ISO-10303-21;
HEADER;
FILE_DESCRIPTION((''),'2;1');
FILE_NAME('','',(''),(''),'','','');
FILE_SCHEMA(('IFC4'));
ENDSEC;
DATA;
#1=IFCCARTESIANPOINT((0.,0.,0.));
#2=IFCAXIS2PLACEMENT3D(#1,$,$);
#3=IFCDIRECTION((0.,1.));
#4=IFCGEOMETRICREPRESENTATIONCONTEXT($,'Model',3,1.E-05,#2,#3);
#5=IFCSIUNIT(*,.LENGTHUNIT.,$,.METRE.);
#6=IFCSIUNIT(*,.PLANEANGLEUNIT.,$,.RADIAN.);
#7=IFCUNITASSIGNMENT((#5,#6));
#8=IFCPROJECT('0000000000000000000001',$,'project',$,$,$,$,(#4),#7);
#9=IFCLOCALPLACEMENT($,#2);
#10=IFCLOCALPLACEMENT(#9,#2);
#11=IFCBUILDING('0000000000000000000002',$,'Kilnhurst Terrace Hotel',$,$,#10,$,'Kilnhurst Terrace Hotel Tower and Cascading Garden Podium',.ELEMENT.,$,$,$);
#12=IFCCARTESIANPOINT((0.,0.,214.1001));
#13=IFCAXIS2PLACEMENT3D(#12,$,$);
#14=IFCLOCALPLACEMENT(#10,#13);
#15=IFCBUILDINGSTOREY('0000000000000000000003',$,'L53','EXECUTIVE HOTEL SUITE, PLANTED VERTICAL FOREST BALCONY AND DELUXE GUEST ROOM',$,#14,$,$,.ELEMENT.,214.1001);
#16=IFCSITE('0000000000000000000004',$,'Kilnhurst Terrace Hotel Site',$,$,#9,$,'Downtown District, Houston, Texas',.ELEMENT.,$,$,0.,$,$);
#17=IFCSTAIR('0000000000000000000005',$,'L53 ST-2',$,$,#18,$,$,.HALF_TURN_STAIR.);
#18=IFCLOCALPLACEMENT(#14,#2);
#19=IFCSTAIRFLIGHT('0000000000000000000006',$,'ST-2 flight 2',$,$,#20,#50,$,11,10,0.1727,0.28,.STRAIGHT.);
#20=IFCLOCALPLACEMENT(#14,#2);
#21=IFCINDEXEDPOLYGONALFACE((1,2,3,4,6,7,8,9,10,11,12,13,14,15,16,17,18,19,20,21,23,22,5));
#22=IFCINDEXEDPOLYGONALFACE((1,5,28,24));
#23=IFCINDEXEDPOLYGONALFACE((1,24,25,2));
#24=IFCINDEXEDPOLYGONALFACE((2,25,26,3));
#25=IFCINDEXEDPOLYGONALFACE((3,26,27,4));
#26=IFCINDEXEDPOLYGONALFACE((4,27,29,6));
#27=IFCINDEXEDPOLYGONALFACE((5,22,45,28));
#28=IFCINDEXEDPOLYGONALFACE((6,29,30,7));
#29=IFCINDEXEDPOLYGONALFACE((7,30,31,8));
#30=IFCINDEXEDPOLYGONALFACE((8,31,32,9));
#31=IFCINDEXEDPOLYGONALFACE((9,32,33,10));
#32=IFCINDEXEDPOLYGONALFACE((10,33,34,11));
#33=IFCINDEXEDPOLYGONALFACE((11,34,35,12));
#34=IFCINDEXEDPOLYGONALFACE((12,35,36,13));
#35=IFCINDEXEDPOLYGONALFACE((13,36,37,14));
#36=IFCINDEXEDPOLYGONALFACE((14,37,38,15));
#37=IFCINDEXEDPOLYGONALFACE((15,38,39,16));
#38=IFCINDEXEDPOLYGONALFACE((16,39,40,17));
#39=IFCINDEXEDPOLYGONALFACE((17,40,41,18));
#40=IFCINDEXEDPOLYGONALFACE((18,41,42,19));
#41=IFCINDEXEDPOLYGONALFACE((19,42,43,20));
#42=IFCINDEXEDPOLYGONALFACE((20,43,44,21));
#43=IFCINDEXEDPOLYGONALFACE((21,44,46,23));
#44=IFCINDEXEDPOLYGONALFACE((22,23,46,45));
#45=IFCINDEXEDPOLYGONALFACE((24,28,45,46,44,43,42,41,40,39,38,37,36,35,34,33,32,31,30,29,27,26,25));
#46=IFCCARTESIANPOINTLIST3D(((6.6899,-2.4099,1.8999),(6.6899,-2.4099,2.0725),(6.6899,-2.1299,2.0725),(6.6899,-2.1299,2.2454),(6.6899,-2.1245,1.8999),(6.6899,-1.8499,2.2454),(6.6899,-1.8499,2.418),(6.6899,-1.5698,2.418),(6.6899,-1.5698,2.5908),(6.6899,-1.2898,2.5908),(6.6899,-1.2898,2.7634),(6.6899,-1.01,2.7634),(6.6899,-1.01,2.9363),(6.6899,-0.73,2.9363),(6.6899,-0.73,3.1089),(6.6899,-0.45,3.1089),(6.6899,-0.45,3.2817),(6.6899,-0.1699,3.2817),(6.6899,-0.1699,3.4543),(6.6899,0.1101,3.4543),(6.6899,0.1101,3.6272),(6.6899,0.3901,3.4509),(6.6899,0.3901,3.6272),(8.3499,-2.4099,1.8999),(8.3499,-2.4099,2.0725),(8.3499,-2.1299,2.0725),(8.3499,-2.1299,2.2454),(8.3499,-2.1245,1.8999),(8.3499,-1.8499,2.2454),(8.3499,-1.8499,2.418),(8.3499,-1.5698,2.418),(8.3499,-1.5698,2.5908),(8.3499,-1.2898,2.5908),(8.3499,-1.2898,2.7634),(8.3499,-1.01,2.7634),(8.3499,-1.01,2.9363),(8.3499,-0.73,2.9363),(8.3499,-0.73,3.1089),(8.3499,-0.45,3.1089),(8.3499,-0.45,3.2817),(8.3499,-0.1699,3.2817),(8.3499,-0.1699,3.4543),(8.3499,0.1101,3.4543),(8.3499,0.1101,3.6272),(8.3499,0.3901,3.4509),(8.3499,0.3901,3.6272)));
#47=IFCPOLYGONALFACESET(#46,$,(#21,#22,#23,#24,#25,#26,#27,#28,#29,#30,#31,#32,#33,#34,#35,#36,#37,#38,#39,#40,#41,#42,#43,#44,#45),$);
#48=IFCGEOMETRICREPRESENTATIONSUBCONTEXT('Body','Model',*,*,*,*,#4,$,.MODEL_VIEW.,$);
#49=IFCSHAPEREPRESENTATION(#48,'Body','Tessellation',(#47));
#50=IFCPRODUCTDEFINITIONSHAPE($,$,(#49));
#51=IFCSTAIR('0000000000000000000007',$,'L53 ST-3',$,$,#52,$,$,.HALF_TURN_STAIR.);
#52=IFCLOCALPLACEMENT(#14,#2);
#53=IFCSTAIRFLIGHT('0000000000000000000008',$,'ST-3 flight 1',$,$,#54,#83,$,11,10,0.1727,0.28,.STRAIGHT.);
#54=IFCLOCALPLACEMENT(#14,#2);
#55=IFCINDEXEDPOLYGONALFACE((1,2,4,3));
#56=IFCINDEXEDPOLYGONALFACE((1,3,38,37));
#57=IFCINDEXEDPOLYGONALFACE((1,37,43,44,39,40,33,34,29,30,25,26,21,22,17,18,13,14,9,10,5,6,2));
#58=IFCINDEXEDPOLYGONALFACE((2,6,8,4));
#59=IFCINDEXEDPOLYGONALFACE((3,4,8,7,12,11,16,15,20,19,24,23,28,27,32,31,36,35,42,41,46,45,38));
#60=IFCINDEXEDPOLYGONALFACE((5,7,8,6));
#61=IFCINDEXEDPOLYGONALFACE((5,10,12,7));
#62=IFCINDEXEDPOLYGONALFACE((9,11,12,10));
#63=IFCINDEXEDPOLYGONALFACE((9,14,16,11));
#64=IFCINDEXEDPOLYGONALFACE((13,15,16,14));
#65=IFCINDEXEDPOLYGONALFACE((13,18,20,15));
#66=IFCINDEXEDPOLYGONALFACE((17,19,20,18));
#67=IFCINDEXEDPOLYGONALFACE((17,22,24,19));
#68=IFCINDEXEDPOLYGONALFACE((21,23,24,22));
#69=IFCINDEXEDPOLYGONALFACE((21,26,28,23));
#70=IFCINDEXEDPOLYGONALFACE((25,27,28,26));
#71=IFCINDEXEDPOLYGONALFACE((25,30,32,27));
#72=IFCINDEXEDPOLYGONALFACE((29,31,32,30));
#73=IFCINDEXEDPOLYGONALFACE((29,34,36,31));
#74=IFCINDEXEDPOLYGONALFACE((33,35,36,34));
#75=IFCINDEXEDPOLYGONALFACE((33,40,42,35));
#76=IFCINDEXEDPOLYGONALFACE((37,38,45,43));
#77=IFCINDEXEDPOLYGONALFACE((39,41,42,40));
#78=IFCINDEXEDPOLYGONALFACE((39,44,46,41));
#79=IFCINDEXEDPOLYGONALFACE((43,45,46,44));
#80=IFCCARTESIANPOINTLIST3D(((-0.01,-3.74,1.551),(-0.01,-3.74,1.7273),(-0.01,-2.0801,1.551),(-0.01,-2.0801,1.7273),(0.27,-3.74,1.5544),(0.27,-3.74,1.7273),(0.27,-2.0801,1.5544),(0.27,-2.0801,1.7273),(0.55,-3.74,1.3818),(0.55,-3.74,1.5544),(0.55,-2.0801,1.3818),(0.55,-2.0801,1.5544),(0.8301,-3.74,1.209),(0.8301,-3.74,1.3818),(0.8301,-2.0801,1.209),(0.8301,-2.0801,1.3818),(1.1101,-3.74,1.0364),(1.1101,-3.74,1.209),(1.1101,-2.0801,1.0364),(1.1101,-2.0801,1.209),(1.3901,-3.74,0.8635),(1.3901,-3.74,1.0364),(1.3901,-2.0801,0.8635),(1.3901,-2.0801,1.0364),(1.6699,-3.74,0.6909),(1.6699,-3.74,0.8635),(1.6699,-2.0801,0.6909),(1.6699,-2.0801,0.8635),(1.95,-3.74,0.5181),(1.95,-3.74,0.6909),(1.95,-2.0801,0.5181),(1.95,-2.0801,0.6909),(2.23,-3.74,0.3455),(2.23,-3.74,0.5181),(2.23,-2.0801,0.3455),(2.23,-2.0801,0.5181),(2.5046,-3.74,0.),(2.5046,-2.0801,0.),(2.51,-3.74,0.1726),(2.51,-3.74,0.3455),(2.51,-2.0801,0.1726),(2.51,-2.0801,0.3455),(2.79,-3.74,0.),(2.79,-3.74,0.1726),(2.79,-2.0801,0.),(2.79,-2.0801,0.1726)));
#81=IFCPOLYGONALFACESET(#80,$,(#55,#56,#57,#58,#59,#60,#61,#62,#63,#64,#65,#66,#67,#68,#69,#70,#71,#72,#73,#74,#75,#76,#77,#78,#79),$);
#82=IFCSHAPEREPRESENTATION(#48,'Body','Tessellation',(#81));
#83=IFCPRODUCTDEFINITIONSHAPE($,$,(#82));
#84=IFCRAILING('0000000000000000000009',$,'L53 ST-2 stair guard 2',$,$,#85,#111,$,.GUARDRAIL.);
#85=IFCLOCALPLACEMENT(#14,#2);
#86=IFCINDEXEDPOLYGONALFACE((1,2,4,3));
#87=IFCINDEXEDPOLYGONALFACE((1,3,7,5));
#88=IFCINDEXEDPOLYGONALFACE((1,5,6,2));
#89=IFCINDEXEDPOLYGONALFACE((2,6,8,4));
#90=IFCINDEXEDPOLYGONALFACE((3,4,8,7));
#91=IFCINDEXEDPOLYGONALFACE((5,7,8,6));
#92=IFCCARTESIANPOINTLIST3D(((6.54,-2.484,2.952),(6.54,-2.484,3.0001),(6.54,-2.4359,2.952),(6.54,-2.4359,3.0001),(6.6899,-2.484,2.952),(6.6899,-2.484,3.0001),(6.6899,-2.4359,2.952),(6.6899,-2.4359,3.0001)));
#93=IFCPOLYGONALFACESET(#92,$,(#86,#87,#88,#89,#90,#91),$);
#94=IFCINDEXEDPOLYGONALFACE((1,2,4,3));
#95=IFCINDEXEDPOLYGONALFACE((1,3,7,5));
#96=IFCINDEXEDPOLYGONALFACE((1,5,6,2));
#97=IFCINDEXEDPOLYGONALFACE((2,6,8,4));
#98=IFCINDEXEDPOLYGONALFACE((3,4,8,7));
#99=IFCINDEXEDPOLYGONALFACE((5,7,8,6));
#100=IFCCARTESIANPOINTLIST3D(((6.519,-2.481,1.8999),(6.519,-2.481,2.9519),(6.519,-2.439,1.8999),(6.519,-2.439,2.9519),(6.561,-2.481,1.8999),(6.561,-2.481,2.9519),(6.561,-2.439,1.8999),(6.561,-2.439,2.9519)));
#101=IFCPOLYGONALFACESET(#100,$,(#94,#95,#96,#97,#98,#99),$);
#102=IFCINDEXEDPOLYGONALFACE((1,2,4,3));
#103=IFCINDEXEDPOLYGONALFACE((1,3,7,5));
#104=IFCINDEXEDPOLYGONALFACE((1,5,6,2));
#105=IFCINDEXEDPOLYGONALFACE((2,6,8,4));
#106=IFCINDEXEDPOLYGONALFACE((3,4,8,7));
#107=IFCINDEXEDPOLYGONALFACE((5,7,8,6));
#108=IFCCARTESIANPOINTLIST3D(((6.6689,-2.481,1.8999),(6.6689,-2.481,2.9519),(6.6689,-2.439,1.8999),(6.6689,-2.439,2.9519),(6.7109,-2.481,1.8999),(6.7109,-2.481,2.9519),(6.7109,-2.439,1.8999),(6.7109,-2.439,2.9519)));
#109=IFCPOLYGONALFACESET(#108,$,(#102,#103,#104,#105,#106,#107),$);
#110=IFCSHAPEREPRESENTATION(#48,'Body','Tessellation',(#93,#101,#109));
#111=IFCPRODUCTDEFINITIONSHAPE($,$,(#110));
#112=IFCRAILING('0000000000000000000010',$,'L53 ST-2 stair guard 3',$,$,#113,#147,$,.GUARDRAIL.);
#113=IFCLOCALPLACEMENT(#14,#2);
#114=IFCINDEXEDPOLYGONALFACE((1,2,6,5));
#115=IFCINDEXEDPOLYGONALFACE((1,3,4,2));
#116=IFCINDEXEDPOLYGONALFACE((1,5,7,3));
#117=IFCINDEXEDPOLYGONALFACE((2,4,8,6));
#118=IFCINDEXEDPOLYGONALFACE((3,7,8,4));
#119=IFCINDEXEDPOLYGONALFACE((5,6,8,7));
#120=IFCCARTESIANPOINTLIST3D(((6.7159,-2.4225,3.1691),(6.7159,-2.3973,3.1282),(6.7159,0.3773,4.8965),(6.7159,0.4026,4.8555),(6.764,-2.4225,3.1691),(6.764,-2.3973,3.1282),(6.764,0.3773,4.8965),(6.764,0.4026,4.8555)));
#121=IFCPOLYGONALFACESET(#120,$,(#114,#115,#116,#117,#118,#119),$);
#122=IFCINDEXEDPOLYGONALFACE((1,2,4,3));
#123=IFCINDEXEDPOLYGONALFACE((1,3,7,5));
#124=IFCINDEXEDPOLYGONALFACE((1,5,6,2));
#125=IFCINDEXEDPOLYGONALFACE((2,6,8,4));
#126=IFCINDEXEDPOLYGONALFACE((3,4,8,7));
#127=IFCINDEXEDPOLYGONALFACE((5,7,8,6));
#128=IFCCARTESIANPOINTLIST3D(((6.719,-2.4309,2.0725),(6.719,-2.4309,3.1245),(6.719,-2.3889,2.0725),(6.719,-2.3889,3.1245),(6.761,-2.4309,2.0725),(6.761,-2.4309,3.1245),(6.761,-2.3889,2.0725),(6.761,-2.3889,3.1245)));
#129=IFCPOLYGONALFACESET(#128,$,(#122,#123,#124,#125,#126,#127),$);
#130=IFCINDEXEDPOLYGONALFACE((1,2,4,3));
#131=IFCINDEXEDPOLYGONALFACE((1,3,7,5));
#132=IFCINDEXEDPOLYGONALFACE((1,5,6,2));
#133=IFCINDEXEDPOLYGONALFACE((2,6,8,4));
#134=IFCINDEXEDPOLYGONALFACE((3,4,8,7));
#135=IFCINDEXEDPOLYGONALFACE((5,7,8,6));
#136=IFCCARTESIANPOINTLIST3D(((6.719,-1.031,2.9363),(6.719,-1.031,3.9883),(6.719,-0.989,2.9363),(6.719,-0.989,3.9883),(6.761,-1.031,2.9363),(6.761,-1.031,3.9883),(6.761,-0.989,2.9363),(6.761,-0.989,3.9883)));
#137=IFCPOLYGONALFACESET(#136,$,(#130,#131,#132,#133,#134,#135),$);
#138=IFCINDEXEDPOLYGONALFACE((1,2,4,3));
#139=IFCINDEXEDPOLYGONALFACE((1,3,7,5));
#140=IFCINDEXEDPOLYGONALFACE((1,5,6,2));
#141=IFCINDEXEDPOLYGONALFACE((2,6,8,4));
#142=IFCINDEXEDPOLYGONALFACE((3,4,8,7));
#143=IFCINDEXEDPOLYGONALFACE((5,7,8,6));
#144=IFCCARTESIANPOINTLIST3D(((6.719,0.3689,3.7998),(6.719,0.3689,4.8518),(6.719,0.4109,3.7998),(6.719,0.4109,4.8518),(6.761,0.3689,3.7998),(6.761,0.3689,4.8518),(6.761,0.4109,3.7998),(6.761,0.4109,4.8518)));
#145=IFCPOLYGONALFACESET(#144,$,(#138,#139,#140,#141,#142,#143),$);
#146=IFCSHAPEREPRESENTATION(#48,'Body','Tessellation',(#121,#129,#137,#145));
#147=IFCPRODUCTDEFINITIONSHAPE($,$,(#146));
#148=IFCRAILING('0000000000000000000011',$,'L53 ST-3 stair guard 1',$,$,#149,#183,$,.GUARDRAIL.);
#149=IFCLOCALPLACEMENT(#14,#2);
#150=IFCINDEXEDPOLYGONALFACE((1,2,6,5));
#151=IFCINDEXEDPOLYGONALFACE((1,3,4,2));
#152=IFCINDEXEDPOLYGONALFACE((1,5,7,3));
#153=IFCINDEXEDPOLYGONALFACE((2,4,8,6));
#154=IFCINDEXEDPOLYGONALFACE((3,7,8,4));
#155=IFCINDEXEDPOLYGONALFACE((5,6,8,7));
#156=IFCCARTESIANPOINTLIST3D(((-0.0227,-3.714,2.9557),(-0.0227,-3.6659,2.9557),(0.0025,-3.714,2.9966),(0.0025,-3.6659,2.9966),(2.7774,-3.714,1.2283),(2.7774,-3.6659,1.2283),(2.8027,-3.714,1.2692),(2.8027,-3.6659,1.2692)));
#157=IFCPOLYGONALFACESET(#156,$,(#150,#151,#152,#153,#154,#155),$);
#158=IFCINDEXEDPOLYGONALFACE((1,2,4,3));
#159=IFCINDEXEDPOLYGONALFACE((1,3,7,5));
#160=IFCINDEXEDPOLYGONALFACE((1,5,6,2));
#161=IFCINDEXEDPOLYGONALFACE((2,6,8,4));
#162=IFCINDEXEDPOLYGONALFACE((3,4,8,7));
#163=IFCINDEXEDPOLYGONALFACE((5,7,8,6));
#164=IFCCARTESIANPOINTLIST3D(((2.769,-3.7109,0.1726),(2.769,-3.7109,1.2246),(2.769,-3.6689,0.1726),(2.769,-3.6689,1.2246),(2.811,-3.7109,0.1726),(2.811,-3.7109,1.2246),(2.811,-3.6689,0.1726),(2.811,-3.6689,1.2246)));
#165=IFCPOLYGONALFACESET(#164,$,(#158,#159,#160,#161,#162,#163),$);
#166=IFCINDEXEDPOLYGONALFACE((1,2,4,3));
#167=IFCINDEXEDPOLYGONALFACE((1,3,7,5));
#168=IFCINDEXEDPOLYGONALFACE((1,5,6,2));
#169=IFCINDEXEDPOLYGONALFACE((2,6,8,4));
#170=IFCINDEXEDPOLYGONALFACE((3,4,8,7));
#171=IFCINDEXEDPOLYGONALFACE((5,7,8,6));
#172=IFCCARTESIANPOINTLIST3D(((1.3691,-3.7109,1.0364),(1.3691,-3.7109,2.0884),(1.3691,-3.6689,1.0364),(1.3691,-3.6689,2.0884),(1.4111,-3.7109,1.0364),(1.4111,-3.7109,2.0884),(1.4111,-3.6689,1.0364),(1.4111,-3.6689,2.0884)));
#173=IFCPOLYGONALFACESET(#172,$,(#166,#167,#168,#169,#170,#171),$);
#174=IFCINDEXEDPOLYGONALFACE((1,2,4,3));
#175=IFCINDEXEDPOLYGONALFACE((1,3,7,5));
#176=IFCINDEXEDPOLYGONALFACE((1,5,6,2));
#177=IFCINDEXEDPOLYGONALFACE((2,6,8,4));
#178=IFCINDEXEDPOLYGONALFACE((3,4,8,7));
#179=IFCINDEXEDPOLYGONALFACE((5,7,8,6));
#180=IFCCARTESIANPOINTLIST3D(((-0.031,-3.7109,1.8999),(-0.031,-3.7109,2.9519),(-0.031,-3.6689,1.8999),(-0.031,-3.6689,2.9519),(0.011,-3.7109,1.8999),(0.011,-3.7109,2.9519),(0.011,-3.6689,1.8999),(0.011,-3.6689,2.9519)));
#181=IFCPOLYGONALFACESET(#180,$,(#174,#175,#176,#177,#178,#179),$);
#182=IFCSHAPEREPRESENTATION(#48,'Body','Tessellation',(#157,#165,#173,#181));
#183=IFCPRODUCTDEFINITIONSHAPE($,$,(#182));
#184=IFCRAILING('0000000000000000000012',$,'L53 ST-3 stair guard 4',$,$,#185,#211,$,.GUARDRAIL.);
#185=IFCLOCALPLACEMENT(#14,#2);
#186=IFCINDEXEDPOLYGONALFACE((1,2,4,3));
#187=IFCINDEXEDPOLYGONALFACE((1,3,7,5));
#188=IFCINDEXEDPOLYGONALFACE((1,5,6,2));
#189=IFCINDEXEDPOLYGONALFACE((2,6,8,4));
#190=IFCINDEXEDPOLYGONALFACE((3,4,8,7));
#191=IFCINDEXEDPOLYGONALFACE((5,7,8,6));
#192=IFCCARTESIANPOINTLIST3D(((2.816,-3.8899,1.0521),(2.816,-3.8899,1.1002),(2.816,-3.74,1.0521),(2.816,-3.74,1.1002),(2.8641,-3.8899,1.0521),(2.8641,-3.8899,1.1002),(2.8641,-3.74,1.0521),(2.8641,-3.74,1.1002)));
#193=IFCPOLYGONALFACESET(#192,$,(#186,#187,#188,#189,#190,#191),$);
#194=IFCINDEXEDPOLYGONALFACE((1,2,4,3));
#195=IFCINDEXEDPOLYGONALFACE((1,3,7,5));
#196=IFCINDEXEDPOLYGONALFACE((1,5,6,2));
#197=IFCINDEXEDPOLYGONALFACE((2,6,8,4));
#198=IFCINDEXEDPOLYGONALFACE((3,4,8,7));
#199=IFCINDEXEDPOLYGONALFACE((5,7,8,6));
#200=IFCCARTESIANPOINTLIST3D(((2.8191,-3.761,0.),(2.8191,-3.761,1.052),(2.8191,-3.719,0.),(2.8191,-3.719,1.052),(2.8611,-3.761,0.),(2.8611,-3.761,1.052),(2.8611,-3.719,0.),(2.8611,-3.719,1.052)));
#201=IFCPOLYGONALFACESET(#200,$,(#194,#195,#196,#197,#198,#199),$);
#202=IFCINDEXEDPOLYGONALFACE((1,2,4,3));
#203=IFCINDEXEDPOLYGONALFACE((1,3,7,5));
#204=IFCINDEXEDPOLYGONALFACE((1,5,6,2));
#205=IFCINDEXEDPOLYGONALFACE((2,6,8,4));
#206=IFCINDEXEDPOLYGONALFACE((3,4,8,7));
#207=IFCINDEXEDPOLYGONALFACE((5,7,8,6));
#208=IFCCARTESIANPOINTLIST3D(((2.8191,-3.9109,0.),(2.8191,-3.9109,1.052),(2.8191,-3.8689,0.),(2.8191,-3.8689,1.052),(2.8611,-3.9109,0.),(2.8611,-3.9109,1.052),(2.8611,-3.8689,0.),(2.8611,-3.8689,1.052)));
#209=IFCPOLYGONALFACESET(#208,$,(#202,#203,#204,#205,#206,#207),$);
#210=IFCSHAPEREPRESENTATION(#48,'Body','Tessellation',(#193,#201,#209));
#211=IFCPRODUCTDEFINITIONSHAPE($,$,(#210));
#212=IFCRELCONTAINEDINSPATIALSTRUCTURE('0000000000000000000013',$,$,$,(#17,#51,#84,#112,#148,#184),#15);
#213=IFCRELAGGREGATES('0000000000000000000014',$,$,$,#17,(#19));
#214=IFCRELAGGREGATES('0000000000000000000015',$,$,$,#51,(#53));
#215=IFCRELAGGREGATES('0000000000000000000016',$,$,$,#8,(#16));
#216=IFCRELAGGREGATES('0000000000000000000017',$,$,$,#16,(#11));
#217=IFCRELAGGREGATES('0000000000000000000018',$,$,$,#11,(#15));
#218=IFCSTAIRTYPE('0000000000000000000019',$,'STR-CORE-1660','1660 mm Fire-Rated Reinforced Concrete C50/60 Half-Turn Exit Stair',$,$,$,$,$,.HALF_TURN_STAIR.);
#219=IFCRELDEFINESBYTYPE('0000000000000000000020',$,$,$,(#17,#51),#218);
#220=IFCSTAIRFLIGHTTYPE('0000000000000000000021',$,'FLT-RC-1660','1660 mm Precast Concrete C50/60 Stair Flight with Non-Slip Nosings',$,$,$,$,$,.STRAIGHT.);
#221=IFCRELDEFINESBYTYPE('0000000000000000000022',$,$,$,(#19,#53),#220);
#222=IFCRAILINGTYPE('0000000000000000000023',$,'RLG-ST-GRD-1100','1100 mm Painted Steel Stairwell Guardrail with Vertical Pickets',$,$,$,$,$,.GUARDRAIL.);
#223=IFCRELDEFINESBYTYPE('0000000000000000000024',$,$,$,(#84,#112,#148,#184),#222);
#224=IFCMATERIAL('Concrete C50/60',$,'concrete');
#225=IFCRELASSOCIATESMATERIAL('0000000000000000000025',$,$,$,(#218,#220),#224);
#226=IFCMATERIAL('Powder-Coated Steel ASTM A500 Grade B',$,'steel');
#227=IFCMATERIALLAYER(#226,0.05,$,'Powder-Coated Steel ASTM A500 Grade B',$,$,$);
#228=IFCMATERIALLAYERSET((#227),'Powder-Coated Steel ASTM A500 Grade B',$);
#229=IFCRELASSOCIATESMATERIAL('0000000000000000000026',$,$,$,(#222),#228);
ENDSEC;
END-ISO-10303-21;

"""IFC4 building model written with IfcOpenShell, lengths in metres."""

from ifc_helpers import new_model, si_unit, direction, frame, origin, origin_2d, place, context, subcontext, project, spatial, polyline, rectangle, outline, extrude, material, layer, layer_set, type_object, element, aggregate, save


model = new_model("IFC4")

# Units and contexts
model_context = context("Model", 3, precision=1e-05, world=origin(), true_north=direction((0.0, 1.0)))
body_context = subcontext(model_context, "Body", "Model", "MODEL_VIEW")
ifc_project = project(units=[si_unit("LENGTHUNIT", "METRE"), si_unit("PLANEANGLEUNIT", "RADIAN")], contexts=[model_context])

# Site, building, storey
site_placement = place(None, origin())
site = spatial("IfcSite", under=ifc_project, at=site_placement, Name="Kilnhurst Terrace Hotel Site", LongName="Downtown District, Houston, Texas", CompositionType="ELEMENT", RefElevation=0.0)
building_placement = place(site_placement, origin())
building = spatial("IfcBuilding", under=site, at=building_placement, Name="Kilnhurst Terrace Hotel", LongName="Kilnhurst Terrace Hotel Tower and Cascading Garden Podium", CompositionType="ELEMENT")
storey_placement = place(building_placement, frame((0.0, 0.0, 214.1001)))
storey = spatial("IfcBuildingStorey", under=building, at=storey_placement, Name="L53", Description="EXECUTIVE HOTEL SUITE, PLANTED VERTICAL FOREST BALCONY AND DELUXE GUEST ROOM", CompositionType="ELEMENT", Elevation=214.1001)

# Shared definitions
ifc_material_1 = material(Name="Concrete C50/60", Category="concrete")

# Stairs, stair flights
stair_type = type_object("IfcStairType", Name="STR-CORE-1660", Description="1660 mm Fire-Rated Reinforced Concrete C50/60 Half-Turn Exit Stair", PredefinedType="HALF_TURN_STAIR", material=ifc_material_1)
stair_1_placement = place(storey_placement, origin())
stair_1 = element("IfcStair", 1, at=stair_1_placement, inside=storey, type_object=stair_type, Name="L53 ST-2", PredefinedType="HALF_TURN_STAIR")
stair_flight_type = type_object("IfcStairFlightType", Name="FLT-RC-1660", Description="1660 mm Precast Concrete C50/60 Stair Flight with Non-Slip Nosings", PredefinedType="STRAIGHT", material=ifc_material_1)
stair_flight_1_placement = place(storey_placement, frame((7.52, -2.4099, 1.8999), z_axis=(0.0, 0.0, 1.0), x_axis=(0.0, 1.0, 0.0)))
stair_flight_1 = element("IfcStairFlight", 2, at=stair_flight_1_placement, type_object=stair_flight_type, Name="ST-2 flight 2", NumberOfRisers=11, NumberOfTreads=10, PredefinedType="STRAIGHT", RiserHeight=0.1727, TreadLength=0.28, context=body_context, shape_type="SweptSolid", body=[
    extrude(outline(polyline([(0.0, 0.0), (0.0, 0.1726), (0.28, 0.1726), (0.28, 0.3455), (0.5601, 0.3455), (0.5601, 0.5181), (0.8401, 0.5181), (0.8401, 0.6909), (1.1201, 0.6909), (1.1201, 0.8635), (1.3999, 0.8635), (1.3999, 1.0364), (1.6799, 1.0364), (1.6799, 1.209), (1.96, 1.209), (1.96, 1.3818), (2.24, 1.3818), (2.24, 1.5544), (2.52, 1.5544), (2.52, 1.7273), (2.8, 1.7273), (2.8, 1.8999), (2.8, 1.551), (0.2854, 0.0), (0.0, 0.0)])), frame((0.0, 0.8301, 0.0), z_axis=(0.0, -1.0, 0.0), x_axis=(1.0, 0.0, 0.0)), (0.0, 0.0, 1.0), 1.6599),
])
aggregate(stair_1, [stair_flight_1])
stair_2_placement = place(storey_placement, origin())
stair_2 = element("IfcStair", 3, at=stair_2_placement, inside=storey, type_object=stair_type, Name="L53 ST-3", PredefinedType="HALF_TURN_STAIR")
stair_flight_2_placement = place(storey_placement, frame((2.79, -2.9099, 0.0), z_axis=(0.0, 0.0, 1.0), x_axis=(-1.0, 0.0, 0.0)))
stair_flight_2 = element("IfcStairFlight", 4, at=stair_flight_2_placement, type_object=stair_flight_type, Name="ST-3 flight 1", NumberOfRisers=11, NumberOfTreads=10, PredefinedType="STRAIGHT", RiserHeight=0.1727, TreadLength=0.28, context=body_context, shape_type="SweptSolid", body=[
    extrude(outline(polyline([(0.0, 0.0), (0.0, 0.1726), (0.28, 0.1726), (0.28, 0.3455), (0.5601, 0.3455), (0.5601, 0.5181), (0.8401, 0.5181), (0.8401, 0.6909), (1.1201, 0.6909), (1.1201, 0.8635), (1.3999, 0.8635), (1.3999, 1.0364), (1.6799, 1.0364), (1.6799, 1.209), (1.96, 1.209), (1.96, 1.3818), (2.24, 1.3818), (2.24, 1.5544), (2.52, 1.5544), (2.52, 1.7273), (2.8, 1.7273), (2.8, 1.8999), (2.8, 1.551), (0.2854, 0.0), (0.0, 0.0)])), frame((0.0, 0.8301, 0.0), z_axis=(0.0, -1.0, 0.0), x_axis=(1.0, 0.0, 0.0)), (0.0, 0.0, 1.0), 1.6599),
])
aggregate(stair_2, [stair_flight_2])

# Railings
ifc_material_2 = material(Name="Powder-Coated Steel ASTM A500 Grade B", Category="steel")
ifc_layer_1 = layer(ifc_material_2, 0.05, Name="Powder-Coated Steel ASTM A500 Grade B")
ifc_layer_set_1 = layer_set([ifc_layer_1], Name="Powder-Coated Steel ASTM A500 Grade B")
railing_type_1 = type_object("IfcRailingType", Name="RLG-ST-GRD-1100", Description="1100 mm Painted Steel Stairwell Guardrail with Vertical Pickets", PredefinedType="GUARDRAIL", material=ifc_layer_set_1)
railing_1_placement = place(storey_placement, frame((6.54, -2.46, 1.8999)))
element("IfcRailing", 5, at=railing_1_placement, inside=storey, type_object=railing_type_1, Name="L53 ST-2 stair guard 2", PredefinedType="GUARDRAIL", context=body_context, shape_type="SweptSolid", body=[
    extrude(rectangle(XDim=0.0481, YDim=0.0481, at=origin_2d()), frame((0.0, 0.0, 1.0762), z_axis=(1.0, 0.0, 0.0), x_axis=(0.0, 1.0, 0.0)), (0.0, 0.0, 1.0), 0.1499),
    extrude(rectangle(XDim=0.042, YDim=0.042, at=origin_2d()), origin(), (0.0, 0.0, 1.0), 1.052),
    extrude(rectangle(XDim=0.042, YDim=0.042, at=origin_2d()), frame((0.1499, 0.0, 0.0)), (0.0, 0.0, 1.0), 1.052),
])
railing_2_placement = place(storey_placement, frame((6.74, -2.4099, 2.0725)))
element("IfcRailing", 6, at=railing_2_placement, inside=storey, type_object=railing_type_1, Name="L53 ST-2 stair guard 3", PredefinedType="GUARDRAIL", context=body_context, shape_type="SweptSolid", body=[
    extrude(rectangle(XDim=0.0481, YDim=0.0481, at=origin_2d()), frame((0.0, 0.0, 1.0762), z_axis=(0.0, 0.851069, 0.525054), x_axis=(-1.0, 0.0, 0.0)), (0.0, 0.0, 1.0), 3.2898),
    extrude(rectangle(XDim=0.042, YDim=0.042, at=origin_2d()), origin(), (0.0, 0.0, 1.0), 1.052),
    extrude(rectangle(XDim=0.042, YDim=0.042, at=origin_2d()), frame((0.0, 1.3999, 0.8638)), (0.0, 0.0, 1.0), 1.052),
    extrude(rectangle(XDim=0.042, YDim=0.042, at=origin_2d()), frame((0.0, 2.7998, 1.7273)), (0.0, 0.0, 1.0), 1.052),
])
railing_3_placement = place(storey_placement, frame((2.79, -3.6899, 0.1726)))
element("IfcRailing", 7, at=railing_3_placement, inside=storey, type_object=railing_type_1, Name="L53 ST-3 stair guard 1", PredefinedType="GUARDRAIL", context=body_context, shape_type="SweptSolid", body=[
    extrude(rectangle(XDim=0.0481, YDim=0.0481, at=origin_2d()), frame((0.0, 0.0, 1.0762), z_axis=(-0.85109, 0.0, 0.52502), x_axis=(0.0, -1.0, 0.0)), (0.0, 0.0, 1.0), 3.29),
    extrude(rectangle(XDim=0.042, YDim=0.042, at=origin_2d()), origin(), (0.0, 0.0, 1.0), 1.052),
    extrude(rectangle(XDim=0.042, YDim=0.042, at=origin_2d()), frame((-1.3999, 0.0, 0.8638)), (0.0, 0.0, 1.0), 1.052),
    extrude(rectangle(XDim=0.042, YDim=0.042, at=origin_2d()), frame((-2.8, 0.0, 1.7273)), (0.0, 0.0, 1.0), 1.052),
])
railing_4_placement = place(storey_placement, frame((2.8401, -3.74, 0.0)))
element("IfcRailing", 8, at=railing_4_placement, inside=storey, type_object=railing_type_1, Name="L53 ST-3 stair guard 4", PredefinedType="GUARDRAIL", context=body_context, shape_type="SweptSolid", body=[
    extrude(rectangle(XDim=0.0481, YDim=0.0481, at=origin_2d()), frame((0.0, 0.0, 1.0762), z_axis=(0.0, -1.0, 0.0), x_axis=(1.0, 0.0, 0.0)), (0.0, 0.0, 1.0), 0.1499),
    extrude(rectangle(XDim=0.042, YDim=0.042, at=origin_2d()), origin(), (0.0, 0.0, 1.0), 1.052),
    extrude(rectangle(XDim=0.042, YDim=0.042, at=origin_2d()), frame((0.0, -0.1499, 0.0)), (0.0, 0.0, 1.0), 1.052),
])

save(model, "model.ifc")
